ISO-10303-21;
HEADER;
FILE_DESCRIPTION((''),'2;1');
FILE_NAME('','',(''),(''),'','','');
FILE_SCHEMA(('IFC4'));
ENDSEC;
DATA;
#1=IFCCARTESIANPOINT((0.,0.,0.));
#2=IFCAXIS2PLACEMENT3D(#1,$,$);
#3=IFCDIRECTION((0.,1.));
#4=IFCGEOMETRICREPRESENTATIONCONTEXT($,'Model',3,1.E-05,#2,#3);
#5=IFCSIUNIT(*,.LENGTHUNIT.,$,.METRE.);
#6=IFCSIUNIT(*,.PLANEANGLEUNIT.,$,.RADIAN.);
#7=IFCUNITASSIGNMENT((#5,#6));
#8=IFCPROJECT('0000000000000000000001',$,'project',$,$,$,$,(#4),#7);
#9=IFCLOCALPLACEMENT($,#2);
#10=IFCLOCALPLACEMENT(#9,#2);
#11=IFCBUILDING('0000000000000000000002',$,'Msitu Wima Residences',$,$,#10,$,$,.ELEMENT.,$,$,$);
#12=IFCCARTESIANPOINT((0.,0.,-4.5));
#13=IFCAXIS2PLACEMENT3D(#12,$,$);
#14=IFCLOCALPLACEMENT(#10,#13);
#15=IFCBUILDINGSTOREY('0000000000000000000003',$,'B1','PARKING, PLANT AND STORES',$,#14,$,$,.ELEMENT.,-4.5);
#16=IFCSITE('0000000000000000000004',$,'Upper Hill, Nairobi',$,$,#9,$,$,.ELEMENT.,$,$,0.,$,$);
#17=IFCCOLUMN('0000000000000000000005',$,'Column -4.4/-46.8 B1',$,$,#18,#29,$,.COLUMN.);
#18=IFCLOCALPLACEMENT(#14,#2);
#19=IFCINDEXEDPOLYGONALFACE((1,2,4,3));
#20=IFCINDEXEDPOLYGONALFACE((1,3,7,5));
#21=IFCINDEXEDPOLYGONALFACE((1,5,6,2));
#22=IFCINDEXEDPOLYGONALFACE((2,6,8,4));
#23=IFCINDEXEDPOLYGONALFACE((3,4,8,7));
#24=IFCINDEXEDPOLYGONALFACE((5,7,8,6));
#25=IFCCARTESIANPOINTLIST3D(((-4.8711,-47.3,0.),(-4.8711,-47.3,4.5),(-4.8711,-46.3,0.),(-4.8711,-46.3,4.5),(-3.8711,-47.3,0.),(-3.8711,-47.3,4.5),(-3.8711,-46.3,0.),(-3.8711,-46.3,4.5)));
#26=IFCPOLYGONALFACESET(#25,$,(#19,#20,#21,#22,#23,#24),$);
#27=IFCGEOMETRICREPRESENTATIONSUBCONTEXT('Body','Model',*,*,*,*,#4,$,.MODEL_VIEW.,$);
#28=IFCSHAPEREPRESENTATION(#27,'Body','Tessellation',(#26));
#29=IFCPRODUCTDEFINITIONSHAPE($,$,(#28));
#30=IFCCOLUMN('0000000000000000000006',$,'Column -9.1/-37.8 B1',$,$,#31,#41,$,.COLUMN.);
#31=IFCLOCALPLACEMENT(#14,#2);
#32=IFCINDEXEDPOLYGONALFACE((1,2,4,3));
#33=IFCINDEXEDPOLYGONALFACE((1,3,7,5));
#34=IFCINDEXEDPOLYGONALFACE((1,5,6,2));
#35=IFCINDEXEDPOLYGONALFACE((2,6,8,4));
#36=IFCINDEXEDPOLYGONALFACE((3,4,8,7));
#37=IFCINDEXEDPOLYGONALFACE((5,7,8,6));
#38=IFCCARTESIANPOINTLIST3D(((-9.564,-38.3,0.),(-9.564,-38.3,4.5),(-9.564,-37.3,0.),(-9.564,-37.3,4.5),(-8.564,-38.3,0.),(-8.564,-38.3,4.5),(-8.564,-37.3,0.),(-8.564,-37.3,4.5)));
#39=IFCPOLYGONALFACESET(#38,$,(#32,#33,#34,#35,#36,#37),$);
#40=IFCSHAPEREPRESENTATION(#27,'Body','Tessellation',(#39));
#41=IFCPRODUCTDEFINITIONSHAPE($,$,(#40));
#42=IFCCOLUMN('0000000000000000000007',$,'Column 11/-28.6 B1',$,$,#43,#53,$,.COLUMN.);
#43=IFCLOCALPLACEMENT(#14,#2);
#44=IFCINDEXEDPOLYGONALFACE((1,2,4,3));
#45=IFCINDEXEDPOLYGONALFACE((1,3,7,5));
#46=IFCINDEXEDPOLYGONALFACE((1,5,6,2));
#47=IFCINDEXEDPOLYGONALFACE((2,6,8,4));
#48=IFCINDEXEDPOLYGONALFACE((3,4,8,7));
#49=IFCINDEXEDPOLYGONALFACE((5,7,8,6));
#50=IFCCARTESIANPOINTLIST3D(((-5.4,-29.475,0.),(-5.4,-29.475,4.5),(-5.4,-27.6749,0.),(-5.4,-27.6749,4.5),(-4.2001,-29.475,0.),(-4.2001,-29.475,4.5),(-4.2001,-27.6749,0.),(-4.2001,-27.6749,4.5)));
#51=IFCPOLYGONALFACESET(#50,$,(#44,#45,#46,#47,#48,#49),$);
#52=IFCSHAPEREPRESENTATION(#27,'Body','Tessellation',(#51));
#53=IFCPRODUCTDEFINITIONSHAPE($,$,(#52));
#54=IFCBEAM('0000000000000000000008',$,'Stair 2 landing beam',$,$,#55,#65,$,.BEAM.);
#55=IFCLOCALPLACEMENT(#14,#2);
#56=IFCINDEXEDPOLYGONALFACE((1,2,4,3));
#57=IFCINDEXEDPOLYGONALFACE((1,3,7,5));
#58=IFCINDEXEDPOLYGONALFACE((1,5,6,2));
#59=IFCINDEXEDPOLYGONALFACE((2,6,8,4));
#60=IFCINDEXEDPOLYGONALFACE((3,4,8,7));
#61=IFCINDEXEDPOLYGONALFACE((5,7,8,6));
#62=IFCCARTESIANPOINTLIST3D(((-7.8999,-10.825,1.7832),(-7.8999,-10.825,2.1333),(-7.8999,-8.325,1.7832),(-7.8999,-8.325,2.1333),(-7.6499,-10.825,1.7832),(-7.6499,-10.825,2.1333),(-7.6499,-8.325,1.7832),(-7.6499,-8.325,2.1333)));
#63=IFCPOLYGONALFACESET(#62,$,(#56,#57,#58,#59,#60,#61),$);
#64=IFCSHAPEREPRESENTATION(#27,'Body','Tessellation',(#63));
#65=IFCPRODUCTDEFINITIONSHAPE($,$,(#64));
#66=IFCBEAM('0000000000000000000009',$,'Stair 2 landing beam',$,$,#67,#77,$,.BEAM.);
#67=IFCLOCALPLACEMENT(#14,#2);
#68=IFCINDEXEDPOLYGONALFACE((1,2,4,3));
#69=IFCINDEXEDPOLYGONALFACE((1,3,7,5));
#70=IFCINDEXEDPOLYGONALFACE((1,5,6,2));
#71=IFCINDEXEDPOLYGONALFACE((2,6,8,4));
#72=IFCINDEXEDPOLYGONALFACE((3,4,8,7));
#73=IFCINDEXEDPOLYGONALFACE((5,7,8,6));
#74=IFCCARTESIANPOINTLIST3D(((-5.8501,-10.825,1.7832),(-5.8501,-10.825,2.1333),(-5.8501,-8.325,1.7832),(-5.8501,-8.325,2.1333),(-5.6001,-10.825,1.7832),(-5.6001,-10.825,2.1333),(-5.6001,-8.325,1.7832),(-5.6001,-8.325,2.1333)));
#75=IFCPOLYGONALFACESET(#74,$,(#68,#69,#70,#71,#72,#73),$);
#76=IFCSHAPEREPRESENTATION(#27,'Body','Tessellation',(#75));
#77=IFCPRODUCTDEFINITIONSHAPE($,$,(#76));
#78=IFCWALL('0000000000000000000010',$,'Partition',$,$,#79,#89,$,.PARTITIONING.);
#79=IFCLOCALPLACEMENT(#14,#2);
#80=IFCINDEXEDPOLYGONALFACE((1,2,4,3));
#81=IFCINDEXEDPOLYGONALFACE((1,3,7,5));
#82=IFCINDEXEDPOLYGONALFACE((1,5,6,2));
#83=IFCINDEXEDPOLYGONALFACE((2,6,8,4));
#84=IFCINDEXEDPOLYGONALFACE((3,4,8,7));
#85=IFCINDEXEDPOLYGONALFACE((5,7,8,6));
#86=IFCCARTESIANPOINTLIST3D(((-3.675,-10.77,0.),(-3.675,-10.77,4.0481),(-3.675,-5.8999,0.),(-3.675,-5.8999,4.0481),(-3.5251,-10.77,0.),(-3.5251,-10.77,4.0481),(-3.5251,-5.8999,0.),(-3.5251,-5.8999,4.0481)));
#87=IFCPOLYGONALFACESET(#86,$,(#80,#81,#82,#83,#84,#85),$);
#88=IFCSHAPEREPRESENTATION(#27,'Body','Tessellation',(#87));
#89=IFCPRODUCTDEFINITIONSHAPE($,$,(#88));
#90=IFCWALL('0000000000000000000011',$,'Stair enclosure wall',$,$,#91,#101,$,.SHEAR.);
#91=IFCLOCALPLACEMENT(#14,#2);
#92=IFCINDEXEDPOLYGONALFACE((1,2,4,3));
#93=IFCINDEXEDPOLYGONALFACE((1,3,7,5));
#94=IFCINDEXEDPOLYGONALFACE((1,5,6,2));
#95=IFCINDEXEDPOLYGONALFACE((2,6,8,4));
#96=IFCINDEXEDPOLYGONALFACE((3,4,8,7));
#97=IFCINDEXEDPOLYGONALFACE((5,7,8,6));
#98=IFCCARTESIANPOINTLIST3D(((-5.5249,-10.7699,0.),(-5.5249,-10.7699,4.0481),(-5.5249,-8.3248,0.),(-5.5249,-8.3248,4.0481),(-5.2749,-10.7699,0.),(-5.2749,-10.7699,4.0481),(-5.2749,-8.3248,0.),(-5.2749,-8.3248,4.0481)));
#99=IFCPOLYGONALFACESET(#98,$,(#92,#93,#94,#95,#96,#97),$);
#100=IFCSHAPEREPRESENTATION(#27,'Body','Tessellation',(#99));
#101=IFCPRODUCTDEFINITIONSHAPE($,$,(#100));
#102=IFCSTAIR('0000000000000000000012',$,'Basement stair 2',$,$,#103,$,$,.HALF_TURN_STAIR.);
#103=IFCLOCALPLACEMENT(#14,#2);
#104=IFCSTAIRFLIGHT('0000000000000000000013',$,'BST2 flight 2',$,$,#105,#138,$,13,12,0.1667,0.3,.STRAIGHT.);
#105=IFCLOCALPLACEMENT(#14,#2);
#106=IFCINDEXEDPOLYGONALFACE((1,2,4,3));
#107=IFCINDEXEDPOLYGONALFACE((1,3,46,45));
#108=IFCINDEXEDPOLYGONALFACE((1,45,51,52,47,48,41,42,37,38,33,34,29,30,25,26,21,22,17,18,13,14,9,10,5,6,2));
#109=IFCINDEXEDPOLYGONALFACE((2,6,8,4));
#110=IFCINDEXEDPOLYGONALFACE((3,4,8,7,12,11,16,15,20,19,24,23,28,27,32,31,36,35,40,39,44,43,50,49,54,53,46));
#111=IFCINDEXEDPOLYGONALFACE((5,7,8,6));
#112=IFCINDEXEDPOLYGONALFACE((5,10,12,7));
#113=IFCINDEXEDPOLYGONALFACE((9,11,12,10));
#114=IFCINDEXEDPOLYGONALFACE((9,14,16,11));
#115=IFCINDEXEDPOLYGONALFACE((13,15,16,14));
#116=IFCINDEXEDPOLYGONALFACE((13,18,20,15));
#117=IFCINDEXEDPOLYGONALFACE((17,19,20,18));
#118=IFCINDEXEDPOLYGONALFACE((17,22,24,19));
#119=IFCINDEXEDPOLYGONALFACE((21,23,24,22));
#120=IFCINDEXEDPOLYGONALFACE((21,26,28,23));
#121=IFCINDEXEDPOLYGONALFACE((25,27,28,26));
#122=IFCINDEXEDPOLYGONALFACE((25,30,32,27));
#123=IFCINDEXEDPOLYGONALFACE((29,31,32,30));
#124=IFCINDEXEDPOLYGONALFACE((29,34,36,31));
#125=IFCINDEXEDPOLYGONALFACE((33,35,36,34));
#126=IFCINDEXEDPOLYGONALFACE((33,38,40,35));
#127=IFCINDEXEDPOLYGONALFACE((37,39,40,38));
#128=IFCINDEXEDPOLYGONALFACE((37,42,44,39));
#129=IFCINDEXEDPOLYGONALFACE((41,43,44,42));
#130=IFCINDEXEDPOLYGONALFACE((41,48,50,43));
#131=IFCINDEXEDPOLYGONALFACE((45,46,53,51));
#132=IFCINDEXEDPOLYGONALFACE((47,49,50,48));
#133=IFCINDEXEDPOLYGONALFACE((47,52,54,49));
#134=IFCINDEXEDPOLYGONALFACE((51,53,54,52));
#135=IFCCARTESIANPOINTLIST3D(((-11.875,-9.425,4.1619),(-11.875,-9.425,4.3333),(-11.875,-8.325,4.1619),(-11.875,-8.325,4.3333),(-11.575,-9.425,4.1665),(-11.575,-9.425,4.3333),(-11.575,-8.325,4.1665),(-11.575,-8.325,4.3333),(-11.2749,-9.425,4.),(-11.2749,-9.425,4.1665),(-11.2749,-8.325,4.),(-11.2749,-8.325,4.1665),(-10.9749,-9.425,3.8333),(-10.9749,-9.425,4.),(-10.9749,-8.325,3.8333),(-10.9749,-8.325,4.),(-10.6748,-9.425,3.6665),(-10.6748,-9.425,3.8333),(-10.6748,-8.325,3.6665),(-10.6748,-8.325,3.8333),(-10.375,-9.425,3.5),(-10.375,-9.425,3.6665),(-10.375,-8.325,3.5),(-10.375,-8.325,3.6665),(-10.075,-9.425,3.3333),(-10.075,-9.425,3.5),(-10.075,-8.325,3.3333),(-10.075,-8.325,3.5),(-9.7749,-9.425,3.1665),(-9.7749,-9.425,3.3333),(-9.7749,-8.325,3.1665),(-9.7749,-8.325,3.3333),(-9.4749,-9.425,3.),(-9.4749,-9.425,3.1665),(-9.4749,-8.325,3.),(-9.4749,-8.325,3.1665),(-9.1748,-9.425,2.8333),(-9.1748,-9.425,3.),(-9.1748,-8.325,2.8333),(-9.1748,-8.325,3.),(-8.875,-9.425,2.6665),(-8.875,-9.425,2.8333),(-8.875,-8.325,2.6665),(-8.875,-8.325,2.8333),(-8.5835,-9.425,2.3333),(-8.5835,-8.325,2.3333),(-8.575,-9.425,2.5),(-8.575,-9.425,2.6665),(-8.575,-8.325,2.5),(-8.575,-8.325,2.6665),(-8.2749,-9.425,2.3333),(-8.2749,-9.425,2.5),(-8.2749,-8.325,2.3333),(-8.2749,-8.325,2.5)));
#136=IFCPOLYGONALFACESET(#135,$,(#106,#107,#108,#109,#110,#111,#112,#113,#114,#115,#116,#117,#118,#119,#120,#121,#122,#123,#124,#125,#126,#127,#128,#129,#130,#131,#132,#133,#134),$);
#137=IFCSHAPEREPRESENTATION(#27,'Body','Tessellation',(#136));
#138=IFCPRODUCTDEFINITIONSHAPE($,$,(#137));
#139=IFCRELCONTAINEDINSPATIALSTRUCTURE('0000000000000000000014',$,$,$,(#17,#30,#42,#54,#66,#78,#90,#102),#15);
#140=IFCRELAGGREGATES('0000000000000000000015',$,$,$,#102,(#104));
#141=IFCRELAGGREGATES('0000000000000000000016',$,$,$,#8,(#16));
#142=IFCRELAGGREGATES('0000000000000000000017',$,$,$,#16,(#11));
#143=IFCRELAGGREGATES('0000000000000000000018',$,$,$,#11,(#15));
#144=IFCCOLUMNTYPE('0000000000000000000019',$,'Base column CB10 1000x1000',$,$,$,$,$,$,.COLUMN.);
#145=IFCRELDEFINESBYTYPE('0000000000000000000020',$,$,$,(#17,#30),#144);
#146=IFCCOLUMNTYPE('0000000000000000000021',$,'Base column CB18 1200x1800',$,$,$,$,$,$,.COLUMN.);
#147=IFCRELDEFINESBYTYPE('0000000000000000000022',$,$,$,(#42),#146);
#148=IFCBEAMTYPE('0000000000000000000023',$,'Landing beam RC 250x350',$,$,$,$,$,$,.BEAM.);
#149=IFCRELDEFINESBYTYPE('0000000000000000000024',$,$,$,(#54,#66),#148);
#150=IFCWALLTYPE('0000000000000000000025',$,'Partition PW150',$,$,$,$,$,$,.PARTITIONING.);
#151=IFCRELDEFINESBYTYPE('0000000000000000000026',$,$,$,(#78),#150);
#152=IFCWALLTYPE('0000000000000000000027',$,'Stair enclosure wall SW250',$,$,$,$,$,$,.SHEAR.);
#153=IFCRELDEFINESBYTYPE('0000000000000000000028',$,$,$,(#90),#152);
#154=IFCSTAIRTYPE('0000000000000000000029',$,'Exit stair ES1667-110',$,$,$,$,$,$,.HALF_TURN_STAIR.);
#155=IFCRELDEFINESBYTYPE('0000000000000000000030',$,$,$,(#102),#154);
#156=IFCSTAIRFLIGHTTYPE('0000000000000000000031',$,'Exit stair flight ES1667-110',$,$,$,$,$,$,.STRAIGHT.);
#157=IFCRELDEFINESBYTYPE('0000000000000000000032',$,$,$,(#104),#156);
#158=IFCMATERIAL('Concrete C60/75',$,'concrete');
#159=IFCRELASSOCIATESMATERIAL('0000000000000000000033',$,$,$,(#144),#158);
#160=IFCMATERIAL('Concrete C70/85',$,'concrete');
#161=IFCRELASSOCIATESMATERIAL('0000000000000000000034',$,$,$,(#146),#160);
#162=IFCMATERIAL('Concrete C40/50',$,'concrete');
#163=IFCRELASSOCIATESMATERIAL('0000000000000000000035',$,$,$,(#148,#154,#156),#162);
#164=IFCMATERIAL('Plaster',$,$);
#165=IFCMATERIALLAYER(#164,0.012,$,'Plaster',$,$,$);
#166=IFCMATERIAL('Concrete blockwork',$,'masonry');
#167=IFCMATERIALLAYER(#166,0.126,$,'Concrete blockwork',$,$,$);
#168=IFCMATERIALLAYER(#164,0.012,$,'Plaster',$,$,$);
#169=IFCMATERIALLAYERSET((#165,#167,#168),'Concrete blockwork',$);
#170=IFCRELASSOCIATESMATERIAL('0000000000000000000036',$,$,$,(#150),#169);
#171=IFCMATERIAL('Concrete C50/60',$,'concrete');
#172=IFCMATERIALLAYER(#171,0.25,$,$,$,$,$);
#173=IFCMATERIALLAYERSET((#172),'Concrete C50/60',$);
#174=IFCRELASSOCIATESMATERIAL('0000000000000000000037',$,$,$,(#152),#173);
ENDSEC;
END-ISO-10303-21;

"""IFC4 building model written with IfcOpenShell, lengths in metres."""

from ifc_helpers import new_model, si_unit, direction, frame, frame_2d, origin, origin_2d, place, context, subcontext, project, spatial, polyline, rectangle, outline, extrude, material, layer, layer_set, material_profile, profile_set, type_object, element, aggregate, save


model = new_model("IFC4")

# Units and contexts
model_context = context("Model", 3, precision=1e-05, world=origin(), true_north=direction((0.0, 1.0)))
body_context = subcontext(model_context, "Body", "Model", "MODEL_VIEW")
ifc_project = project(units=[si_unit("LENGTHUNIT", "METRE"), si_unit("PLANEANGLEUNIT", "RADIAN")], contexts=[model_context])

# Site, building, storey
site_placement = place(None, origin())
site = spatial("IfcSite", under=ifc_project, at=site_placement, Name="Upper Hill, Nairobi", CompositionType="ELEMENT", RefElevation=0.0)
building_placement = place(site_placement, origin())
building = spatial("IfcBuilding", under=site, at=building_placement, Name="Msitu Wima Residences", CompositionType="ELEMENT")
storey_placement = place(building_placement, frame((0.0, 0.0, -4.5)))
storey = spatial("IfcBuildingStorey", under=building, at=storey_placement, Name="B1", Description="PARKING, PLANT AND STORES", CompositionType="ELEMENT", Elevation=-4.5)

# Columns
ifc_material_1 = material(Name="Concrete C60/75", Category="concrete")
ifc_material_profile_1 = material_profile(ifc_material_1, rectangle(XDim=1.0, YDim=1.0, at=origin_2d()), Name="RC 1000x1000")
ifc_profile_set_1 = profile_set([ifc_material_profile_1], Name="Concrete C60/75")
column_type_1 = type_object("IfcColumnType", Name="Base column CB10 1000x1000", PredefinedType="COLUMN", material=ifc_profile_set_1)
for number, where, z_axis, x_axis, name in (
    (1, (-4.3711, -46.8, 0.0), (0.0, 0.0, 1.0), (1.0, 0.0, 0.0), "Column -4.4/-46.8 B1"),
    (2, (-9.064, -37.8, 0.0), (0.0, 0.0, 1.0), (1.0, 0.0, 0.0), "Column -9.1/-37.8 B1"),
):
    element("IfcColumn", number, at=place(storey_placement, frame(where, z_axis=z_axis, x_axis=x_axis)), inside=storey, type_object=column_type_1, Name=name, PredefinedType="COLUMN", context=body_context, shape_type="SweptSolid", body=[
        extrude(rectangle(XDim=1.0, YDim=1.0, at=origin_2d()), origin(), (0.0, 0.0, 1.0), 4.5),
    ])
ifc_material_2 = material(Name="Concrete C70/85", Category="concrete")
ifc_material_profile_2 = material_profile(ifc_material_2, rectangle(XDim=1.2, YDim=1.8, at=origin_2d()), Name="RC 1200x1800")
ifc_profile_set_2 = profile_set([ifc_material_profile_2], Name="Concrete C70/85")
column_type_2 = type_object("IfcColumnType", Name="Base column CB18 1200x1800", PredefinedType="COLUMN", material=ifc_profile_set_2)
column_placement = place(storey_placement, frame((-4.8, -28.575, 0.0), z_axis=(0.0, 0.0, 1.0), x_axis=(1.0, 0.0, 0.0)))
element("IfcColumn", 3, at=column_placement, inside=storey, type_object=column_type_2, Name="Column 11/-28.6 B1", PredefinedType="COLUMN", context=body_context, shape_type="SweptSolid", body=[
    extrude(rectangle(XDim=1.2, YDim=1.8, at=origin_2d()), origin(), (0.0, 0.0, 1.0), 4.5),
])

# Beams
ifc_material_3 = material(Name="Concrete C40/50", Category="concrete")
ifc_material_profile_3 = material_profile(ifc_material_3, rectangle(XDim=0.25, YDim=0.3501, at=origin_2d()), Name="RC 250x350")
ifc_profile_set_3 = profile_set([ifc_material_profile_3], Name="Concrete C40/50")
beam_type = type_object("IfcBeamType", Name="Landing beam RC 250x350", PredefinedType="BEAM", material=ifc_profile_set_3)
for number, where, z_axis, x_axis, name in (
    (4, (-7.7749, -10.825, 1.9583), (0.0, 1.0, 0.0), (-1.0, 0.0, 0.0), "Stair 2 landing beam"),
    (5, (-5.7251, -10.825, 1.9583), (0.0, 1.0, 0.0), (-1.0, 0.0, 0.0), "Stair 2 landing beam"),
):
    element("IfcBeam", number, at=place(storey_placement, frame(where, z_axis=z_axis, x_axis=x_axis)), inside=storey, type_object=beam_type, Name=name, PredefinedType="BEAM", context=body_context, shape_type="SweptSolid", body=[
        extrude(rectangle(XDim=0.25, YDim=0.3501, at=origin_2d()), origin(), (0.0, 0.0, 1.0), 2.5),
    ])

# Shared definitions
ifc_material_4 = material(Name="Plaster")
ifc_material_5 = material(Name="Concrete blockwork", Category="masonry")

# Walls
ifc_layer_1 = layer(ifc_material_4, 0.012, Name="Plaster")
ifc_layer_2 = layer(ifc_material_5, 0.126, Name="Concrete blockwork")
ifc_layer_3 = layer(ifc_material_4, 0.012, Name="Plaster")
ifc_layer_set_1 = layer_set([ifc_layer_1, ifc_layer_2, ifc_layer_3], Name="Concrete blockwork")
wall_type_1 = type_object("IfcWallType", Name="Partition PW150", PredefinedType="PARTITIONING", material=ifc_layer_set_1)
wall_1_placement = place(storey_placement, frame((-3.6001, -10.77, 0.0), z_axis=(0.0, 0.0, 1.0), x_axis=(0.0, 1.0, 0.0)))
element("IfcWall", 6, at=wall_1_placement, inside=storey, type_object=wall_type_1, Name="Partition", PredefinedType="PARTITIONING", context=body_context, shape_type="SweptSolid", body=[
    extrude(rectangle(XDim=4.8701, YDim=0.1499, at=frame_2d((2.4351, 0.0))), origin(), (0.0, 0.0, 1.0), 4.0481),
])
ifc_material_6 = material(Name="Concrete C50/60", Category="concrete")
ifc_layer_4 = layer(ifc_material_6, 0.25)
ifc_layer_set_2 = layer_set([ifc_layer_4], Name="Concrete C50/60")
wall_type_2 = type_object("IfcWallType", Name="Stair enclosure wall SW250", PredefinedType="SHEAR", material=ifc_layer_set_2)
wall_2_placement = place(storey_placement, frame((-5.3999, -10.77, 0.0), z_axis=(0.0, 0.0, 1.0), x_axis=(0.0, 1.0, 0.0)))
element("IfcWall", 7, at=wall_2_placement, inside=storey, type_object=wall_type_2, Name="Stair enclosure wall", PredefinedType="SHEAR", context=body_context, shape_type="SweptSolid", body=[
    extrude(rectangle(XDim=2.4451, YDim=0.25, at=frame_2d((1.2227, 0.0))), origin(), (0.0, 0.0, 1.0), 4.0481),
])

# Stair, stair flight
stair_type = type_object("IfcStairType", Name="Exit stair ES1667-110", PredefinedType="HALF_TURN_STAIR", material=ifc_material_3)
stair_placement = place(storey_placement, origin())
stair = element("IfcStair", 8, at=stair_placement, inside=storey, type_object=stair_type, Name="Basement stair 2", PredefinedType="HALF_TURN_STAIR")
stair_flight_type = type_object("IfcStairFlightType", Name="Exit stair flight ES1667-110", PredefinedType="STRAIGHT", material=ifc_material_3)
stair_flight_placement = place(storey_placement, frame((-8.2749, -8.875, 2.3333), z_axis=(0.0, 0.0, 1.0), x_axis=(-1.0, 0.0, 0.0)))
stair_flight = element("IfcStairFlight", 9, at=stair_flight_placement, type_object=stair_flight_type, Name="BST2 flight 2", NumberOfRisers=13, NumberOfTreads=12, PredefinedType="STRAIGHT", RiserHeight=0.1667, TreadLength=0.3, context=body_context, shape_type="SweptSolid", body=[
    extrude(outline(polyline([(0.0, 0.0), (0.0, 0.1667), (0.3, 0.1667), (0.3, 0.3333), (0.6001, 0.3333), (0.6001, 0.5), (0.8999, 0.5), (0.8999, 0.6667), (1.2, 0.6667), (1.2, 0.8333), (1.5, 0.8333), (1.5, 1.0), (1.8, 1.0), (1.8, 1.1667), (2.1001, 1.1667), (2.1001, 1.3333), (2.3999, 1.3333), (2.3999, 1.5), (2.7, 1.5), (2.7, 1.6667), (3.0, 1.6667), (3.0, 1.8333), (3.3, 1.8333), (3.3, 2.0), (3.6001, 2.0), (3.6001, 2.1667), (3.6001, 1.8286), (0.3086, 0.0), (0.0, 0.0)])), frame((0.0, 0.55, 0.0), z_axis=(0.0, -1.0, 0.0), x_axis=(1.0, 0.0, 0.0)), (0.0, 0.0, 1.0), 1.1001),
])
aggregate(stair, [stair_flight])

save(model, "model.ifc")
